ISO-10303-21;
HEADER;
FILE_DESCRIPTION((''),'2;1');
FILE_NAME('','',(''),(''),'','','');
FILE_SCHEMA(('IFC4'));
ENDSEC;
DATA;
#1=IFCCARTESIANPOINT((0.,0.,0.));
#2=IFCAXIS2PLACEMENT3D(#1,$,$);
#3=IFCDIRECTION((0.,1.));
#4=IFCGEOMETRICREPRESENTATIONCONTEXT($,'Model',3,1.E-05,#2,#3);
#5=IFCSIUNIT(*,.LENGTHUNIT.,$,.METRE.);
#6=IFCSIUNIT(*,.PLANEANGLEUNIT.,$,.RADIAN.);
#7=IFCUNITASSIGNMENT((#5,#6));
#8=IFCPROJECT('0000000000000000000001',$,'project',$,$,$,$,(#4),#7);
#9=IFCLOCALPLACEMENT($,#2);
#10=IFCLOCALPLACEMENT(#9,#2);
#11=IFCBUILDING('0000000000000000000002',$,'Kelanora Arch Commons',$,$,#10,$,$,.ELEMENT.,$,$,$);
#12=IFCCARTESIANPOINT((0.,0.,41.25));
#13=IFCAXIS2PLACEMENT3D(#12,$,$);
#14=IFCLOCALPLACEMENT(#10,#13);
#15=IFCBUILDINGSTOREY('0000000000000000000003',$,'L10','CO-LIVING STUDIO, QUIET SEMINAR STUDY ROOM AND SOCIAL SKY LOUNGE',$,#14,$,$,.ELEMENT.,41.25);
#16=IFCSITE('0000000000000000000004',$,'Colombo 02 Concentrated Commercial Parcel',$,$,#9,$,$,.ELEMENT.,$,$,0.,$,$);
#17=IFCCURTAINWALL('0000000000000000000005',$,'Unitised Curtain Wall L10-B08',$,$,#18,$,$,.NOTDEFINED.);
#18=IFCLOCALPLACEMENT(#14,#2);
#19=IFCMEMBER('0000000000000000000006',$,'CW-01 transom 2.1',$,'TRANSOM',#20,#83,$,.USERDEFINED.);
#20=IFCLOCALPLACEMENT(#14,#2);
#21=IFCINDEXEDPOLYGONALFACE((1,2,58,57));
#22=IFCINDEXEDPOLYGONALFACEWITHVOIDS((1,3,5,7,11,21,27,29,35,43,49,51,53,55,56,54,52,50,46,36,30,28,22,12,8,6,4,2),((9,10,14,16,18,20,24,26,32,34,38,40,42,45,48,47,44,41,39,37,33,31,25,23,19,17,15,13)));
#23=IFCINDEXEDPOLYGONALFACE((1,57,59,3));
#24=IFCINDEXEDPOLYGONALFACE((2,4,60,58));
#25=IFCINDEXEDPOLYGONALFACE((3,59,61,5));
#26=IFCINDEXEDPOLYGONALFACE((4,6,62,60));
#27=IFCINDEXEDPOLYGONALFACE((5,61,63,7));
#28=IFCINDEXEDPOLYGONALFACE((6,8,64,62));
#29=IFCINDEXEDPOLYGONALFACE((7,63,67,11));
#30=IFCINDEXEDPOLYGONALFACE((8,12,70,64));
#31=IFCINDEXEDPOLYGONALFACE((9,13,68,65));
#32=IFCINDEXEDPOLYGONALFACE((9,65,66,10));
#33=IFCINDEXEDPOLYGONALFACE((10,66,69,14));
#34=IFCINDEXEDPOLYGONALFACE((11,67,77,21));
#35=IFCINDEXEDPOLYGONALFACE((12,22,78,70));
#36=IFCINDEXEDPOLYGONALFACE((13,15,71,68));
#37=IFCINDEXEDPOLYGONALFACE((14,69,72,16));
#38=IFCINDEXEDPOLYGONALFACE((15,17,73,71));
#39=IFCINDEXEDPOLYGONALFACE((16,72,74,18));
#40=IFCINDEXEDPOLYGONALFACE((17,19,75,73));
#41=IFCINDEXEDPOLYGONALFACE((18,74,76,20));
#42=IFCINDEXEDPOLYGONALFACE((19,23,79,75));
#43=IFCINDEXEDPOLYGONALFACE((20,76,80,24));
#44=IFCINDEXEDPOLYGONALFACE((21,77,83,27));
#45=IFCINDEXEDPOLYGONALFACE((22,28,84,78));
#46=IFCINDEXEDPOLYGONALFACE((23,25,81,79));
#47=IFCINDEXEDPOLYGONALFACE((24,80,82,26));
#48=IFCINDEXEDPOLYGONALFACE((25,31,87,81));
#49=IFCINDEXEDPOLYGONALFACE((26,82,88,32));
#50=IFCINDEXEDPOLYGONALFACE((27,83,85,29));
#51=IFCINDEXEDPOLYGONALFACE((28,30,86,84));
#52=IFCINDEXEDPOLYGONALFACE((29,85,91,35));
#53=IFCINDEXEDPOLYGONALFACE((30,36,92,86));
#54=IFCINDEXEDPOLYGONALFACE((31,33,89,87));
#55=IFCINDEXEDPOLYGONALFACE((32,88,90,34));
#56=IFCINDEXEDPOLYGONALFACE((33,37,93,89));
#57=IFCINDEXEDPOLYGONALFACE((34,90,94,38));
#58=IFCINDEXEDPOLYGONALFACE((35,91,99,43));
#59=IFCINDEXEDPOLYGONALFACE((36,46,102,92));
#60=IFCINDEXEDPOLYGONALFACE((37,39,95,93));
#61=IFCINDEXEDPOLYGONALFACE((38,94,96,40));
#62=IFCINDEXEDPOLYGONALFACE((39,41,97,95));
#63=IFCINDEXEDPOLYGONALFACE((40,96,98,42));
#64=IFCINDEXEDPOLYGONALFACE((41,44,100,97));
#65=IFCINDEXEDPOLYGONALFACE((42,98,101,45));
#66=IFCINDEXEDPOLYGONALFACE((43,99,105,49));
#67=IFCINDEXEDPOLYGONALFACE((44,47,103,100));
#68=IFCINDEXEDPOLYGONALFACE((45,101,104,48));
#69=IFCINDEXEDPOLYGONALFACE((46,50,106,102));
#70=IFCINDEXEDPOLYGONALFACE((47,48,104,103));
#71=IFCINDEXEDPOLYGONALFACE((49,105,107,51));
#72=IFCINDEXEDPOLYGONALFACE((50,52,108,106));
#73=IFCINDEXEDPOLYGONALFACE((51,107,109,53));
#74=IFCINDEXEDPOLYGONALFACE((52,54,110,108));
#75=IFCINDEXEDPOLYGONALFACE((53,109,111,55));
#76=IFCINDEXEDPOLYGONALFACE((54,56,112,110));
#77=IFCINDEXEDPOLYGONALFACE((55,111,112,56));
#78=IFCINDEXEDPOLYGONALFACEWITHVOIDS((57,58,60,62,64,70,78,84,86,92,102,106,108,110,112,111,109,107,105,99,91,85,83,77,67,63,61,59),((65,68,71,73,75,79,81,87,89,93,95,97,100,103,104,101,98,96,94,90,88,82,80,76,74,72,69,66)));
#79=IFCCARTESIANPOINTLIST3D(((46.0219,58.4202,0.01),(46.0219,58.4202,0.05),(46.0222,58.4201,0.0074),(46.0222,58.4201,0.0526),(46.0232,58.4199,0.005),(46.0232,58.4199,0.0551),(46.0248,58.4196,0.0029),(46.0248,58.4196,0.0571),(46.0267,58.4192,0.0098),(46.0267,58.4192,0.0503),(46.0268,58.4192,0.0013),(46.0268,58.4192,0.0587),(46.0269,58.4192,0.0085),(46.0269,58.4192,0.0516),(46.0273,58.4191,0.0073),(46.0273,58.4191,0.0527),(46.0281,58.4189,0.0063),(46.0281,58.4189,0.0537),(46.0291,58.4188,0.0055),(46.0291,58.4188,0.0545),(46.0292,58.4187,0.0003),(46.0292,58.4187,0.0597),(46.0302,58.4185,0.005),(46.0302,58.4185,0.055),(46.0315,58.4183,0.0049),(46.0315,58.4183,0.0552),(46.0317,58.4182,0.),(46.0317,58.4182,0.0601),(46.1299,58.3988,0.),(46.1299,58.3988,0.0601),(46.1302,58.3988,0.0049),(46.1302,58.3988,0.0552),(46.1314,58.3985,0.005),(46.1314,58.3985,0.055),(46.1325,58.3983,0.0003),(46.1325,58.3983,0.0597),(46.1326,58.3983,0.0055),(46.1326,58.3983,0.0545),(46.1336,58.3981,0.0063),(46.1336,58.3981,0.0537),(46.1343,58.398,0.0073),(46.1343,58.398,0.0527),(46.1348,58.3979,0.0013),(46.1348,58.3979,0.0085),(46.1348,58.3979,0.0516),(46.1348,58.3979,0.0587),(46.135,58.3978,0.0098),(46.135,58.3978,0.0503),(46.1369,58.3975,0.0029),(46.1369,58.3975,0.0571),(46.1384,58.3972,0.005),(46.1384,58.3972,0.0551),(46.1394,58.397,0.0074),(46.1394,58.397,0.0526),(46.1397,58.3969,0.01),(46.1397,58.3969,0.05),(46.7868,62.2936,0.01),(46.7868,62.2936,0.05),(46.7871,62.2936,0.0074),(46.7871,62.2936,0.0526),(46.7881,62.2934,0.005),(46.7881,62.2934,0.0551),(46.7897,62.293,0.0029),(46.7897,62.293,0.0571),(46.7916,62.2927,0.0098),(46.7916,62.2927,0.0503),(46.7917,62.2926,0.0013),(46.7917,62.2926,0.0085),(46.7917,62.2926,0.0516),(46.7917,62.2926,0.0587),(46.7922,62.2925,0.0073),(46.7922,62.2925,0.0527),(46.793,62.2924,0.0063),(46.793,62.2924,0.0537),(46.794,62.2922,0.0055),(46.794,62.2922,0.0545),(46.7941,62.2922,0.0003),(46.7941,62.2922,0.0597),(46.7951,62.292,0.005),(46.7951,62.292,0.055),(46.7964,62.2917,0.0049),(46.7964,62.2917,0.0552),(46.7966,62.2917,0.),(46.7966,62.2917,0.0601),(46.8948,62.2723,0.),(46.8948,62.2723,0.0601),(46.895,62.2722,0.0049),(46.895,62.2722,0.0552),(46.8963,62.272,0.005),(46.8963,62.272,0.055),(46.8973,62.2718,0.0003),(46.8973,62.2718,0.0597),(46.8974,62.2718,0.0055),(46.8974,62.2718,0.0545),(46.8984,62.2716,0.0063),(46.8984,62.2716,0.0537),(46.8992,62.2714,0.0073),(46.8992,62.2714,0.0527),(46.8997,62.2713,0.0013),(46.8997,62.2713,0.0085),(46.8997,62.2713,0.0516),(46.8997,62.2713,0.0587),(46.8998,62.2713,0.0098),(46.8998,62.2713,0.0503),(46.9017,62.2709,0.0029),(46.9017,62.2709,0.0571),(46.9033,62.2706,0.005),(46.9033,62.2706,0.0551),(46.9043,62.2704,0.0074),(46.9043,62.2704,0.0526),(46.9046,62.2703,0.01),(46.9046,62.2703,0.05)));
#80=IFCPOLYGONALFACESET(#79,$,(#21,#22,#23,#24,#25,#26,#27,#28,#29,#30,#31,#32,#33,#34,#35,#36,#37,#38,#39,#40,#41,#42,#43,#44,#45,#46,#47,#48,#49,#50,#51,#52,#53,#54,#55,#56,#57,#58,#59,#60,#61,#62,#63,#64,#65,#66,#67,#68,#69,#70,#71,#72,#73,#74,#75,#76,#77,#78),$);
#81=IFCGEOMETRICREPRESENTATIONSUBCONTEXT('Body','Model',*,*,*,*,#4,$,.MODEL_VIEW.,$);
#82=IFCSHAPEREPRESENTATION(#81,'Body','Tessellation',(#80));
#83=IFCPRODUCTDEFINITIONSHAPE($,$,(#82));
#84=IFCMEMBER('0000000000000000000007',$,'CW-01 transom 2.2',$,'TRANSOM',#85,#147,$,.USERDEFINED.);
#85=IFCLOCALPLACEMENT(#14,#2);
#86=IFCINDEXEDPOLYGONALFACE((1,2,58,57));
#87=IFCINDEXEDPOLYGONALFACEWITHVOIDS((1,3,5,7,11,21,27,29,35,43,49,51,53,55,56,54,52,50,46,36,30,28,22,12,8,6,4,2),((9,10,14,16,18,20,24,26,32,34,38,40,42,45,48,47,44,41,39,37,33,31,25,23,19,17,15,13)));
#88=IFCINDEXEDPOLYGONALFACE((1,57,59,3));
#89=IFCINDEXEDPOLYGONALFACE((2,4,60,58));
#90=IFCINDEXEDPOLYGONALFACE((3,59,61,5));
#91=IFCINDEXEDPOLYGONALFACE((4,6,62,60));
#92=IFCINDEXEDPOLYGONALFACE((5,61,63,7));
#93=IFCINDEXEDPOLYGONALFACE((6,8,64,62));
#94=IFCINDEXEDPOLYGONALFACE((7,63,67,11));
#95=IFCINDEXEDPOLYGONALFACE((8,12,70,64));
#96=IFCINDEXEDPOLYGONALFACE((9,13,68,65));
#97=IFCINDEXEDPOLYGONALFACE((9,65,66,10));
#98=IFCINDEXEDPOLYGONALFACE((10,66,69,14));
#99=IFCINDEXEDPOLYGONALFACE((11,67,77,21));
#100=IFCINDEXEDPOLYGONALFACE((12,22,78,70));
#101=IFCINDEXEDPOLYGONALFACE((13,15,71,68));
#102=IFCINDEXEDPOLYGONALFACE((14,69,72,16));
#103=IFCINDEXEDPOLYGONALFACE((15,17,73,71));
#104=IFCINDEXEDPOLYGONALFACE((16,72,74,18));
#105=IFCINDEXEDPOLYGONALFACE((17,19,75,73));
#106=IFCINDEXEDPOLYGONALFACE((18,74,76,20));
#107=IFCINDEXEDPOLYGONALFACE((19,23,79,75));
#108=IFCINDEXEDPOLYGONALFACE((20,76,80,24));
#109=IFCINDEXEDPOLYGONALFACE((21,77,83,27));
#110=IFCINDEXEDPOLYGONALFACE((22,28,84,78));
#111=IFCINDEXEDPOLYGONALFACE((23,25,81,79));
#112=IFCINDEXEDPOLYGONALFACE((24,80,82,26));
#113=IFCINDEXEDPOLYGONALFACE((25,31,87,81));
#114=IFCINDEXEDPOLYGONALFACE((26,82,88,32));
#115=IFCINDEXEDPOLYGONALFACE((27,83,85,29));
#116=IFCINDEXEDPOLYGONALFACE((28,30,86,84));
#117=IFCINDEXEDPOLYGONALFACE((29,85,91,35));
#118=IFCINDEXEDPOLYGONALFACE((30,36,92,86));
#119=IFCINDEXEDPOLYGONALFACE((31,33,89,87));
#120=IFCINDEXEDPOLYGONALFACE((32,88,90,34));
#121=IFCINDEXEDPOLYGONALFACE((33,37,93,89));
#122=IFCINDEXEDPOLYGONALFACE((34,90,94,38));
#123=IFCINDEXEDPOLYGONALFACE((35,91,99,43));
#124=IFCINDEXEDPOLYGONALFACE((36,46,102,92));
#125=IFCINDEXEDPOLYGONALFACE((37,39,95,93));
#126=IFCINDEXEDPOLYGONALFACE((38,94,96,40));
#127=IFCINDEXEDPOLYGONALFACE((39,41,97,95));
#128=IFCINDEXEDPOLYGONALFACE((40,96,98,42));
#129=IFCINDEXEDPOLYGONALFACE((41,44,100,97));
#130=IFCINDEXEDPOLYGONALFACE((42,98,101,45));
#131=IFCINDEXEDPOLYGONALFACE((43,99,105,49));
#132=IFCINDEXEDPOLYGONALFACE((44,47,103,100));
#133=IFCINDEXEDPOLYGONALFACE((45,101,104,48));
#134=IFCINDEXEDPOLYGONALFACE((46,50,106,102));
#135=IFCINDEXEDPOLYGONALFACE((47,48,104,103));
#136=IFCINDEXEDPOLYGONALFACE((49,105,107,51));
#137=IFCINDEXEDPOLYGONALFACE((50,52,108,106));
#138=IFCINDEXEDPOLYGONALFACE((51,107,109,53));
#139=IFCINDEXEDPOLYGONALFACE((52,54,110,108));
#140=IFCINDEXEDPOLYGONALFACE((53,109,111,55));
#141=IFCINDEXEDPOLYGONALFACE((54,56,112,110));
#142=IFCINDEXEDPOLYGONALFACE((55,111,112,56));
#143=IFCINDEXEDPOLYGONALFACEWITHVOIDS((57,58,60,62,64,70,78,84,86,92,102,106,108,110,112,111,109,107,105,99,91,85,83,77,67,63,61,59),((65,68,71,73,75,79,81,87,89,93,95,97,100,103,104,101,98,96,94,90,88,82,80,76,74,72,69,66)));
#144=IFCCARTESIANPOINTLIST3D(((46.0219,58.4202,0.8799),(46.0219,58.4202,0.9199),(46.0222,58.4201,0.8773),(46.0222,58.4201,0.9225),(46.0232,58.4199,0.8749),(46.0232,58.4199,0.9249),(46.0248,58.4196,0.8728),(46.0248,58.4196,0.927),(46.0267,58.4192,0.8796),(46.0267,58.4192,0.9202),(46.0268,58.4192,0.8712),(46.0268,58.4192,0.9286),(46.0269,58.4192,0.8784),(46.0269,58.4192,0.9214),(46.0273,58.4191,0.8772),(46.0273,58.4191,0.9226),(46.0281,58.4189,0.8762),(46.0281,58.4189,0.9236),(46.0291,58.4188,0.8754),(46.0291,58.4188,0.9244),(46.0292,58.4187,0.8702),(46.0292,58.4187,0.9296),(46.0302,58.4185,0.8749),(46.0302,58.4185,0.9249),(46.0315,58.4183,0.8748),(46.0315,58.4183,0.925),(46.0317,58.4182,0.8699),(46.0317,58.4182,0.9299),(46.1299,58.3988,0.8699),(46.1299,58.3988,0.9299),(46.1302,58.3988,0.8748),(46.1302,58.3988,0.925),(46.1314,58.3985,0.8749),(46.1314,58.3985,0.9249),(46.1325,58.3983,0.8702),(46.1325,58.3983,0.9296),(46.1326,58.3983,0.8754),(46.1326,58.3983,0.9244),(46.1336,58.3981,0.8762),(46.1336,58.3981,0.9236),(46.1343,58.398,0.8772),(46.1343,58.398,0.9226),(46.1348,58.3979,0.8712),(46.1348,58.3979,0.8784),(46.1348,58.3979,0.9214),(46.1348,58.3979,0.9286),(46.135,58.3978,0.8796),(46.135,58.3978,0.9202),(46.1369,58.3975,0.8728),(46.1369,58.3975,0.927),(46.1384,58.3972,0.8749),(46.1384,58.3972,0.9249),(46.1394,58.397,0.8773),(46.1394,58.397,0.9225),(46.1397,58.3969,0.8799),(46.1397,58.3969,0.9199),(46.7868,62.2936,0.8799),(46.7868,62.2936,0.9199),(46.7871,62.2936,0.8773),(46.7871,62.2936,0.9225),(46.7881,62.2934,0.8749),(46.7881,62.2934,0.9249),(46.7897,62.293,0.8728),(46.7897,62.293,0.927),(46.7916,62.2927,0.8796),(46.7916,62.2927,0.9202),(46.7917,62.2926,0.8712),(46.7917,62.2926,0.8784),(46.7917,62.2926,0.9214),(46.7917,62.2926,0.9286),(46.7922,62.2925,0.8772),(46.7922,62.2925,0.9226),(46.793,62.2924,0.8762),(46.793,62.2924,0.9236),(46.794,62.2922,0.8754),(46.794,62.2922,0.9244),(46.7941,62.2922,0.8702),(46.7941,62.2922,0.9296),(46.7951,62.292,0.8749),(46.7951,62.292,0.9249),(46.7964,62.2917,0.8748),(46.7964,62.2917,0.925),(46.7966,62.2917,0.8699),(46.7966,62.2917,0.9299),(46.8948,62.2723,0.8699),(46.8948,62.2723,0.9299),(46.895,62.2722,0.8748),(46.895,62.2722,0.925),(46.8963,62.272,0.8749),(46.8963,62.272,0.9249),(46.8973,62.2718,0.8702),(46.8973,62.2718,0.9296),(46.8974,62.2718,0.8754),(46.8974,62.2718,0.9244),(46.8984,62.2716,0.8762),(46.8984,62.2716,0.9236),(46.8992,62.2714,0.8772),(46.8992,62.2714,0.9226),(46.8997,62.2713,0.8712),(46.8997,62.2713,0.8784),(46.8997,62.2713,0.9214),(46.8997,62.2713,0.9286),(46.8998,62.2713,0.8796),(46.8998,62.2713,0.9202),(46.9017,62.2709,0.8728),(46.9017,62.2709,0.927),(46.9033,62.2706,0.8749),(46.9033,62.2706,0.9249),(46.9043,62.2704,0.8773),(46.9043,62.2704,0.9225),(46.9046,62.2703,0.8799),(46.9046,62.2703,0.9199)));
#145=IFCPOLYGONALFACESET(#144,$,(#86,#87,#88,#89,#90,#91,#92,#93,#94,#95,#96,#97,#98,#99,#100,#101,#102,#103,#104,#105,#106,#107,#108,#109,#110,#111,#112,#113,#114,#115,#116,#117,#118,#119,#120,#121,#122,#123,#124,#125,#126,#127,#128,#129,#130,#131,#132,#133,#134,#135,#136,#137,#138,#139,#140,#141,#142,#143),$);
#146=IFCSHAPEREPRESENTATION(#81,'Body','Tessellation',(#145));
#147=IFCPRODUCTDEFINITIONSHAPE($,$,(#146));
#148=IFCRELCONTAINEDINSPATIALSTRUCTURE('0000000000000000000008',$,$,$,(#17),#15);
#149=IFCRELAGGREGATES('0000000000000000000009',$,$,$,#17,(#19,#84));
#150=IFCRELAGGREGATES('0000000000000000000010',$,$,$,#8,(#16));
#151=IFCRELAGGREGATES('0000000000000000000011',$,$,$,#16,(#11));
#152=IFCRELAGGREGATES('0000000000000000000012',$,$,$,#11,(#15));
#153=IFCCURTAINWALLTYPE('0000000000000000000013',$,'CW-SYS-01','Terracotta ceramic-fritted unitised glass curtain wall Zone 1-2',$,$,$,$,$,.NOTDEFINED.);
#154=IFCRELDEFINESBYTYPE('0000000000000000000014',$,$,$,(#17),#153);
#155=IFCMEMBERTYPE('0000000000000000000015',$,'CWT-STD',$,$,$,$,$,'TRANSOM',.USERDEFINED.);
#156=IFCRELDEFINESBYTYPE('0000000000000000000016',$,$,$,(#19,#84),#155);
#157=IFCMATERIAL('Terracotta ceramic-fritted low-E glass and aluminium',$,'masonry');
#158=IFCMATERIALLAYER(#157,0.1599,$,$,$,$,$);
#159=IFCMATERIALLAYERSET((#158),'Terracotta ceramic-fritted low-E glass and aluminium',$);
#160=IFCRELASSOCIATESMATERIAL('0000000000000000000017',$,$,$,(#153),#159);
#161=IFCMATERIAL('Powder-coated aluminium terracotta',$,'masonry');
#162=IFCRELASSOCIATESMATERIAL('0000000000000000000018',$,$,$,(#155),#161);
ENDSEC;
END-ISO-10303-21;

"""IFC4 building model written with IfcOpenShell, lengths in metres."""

from ifc_helpers import new_model, si_unit, direction, frame, origin, origin_2d, place, context, subcontext, project, spatial, hollow_rectangle, extrude, material, layer, layer_set, material_profile, profile_set, type_object, element, aggregate, save


model = new_model("IFC4")

# Units and contexts
model_context = context("Model", 3, precision=1e-05, world=origin(), true_north=direction((0.0, 1.0)))
body_context = subcontext(model_context, "Body", "Model", "MODEL_VIEW")
ifc_project = project(units=[si_unit("LENGTHUNIT", "METRE"), si_unit("PLANEANGLEUNIT", "RADIAN")], contexts=[model_context])

# Site, building, storey
site_placement = place(None, origin())
site = spatial("IfcSite", under=ifc_project, at=site_placement, Name="Colombo 02 Concentrated Commercial Parcel", CompositionType="ELEMENT", RefElevation=0.0)
building_placement = place(site_placement, origin())
building = spatial("IfcBuilding", under=site, at=building_placement, Name="Kelanora Arch Commons", CompositionType="ELEMENT")
storey_placement = place(building_placement, frame((0.0, 0.0, 41.25)))
storey = spatial("IfcBuildingStorey", under=building, at=storey_placement, Name="L10", Description="CO-LIVING STUDIO, QUIET SEMINAR STUDY ROOM AND SOCIAL SKY LOUNGE", CompositionType="ELEMENT", Elevation=41.25)

# Curtain wall, members
ifc_material_1 = material(Name="Terracotta ceramic-fritted low-E glass and aluminium", Category="masonry")
ifc_layer_1 = layer(ifc_material_1, 0.1599)
ifc_layer_set_1 = layer_set([ifc_layer_1], Name="Terracotta ceramic-fritted low-E glass and aluminium")
curtain_wall_type = type_object("IfcCurtainWallType", Name="CW-SYS-01", Description="Terracotta ceramic-fritted unitised glass curtain wall Zone 1-2", PredefinedType="NOTDEFINED", material=ifc_layer_set_1)
curtain_wall_placement = place(storey_placement, origin())
curtain_wall = element("IfcCurtainWall", 1, at=curtain_wall_placement, inside=storey, type_object=curtain_wall_type, Name="Unitised Curtain Wall L10-B08", PredefinedType="NOTDEFINED")
ifc_material_2 = material(Name="Powder-coated aluminium terracotta", Category="masonry")
ifc_material_profile_1 = material_profile(ifc_material_2, hollow_rectangle(XDim=0.1201, YDim=0.0601, WallThickness=0.0049, InnerFilletRadius=0.0049, OuterFilletRadius=0.01, at=origin_2d()), Name="CWT120x60")
ifc_profile_set_1 = profile_set([ifc_material_profile_1], Name="Powder-coated aluminium terracotta")
member_type_1 = type_object("IfcMemberType", Name="CWT-STD", ElementType="TRANSOM", PredefinedType="USERDEFINED", material=ifc_profile_set_1)
member_1_placement = place(storey_placement, frame((46.8457, 62.282, 0.03), z_axis=(-0.193725, -0.981056, 0.0), x_axis=(0.981056, -0.193725, 0.0)))
member_1 = element("IfcMember", 2, at=member_1_placement, type_object=member_type_1, Name="CW-01 transom 2.1", ObjectType="TRANSOM", PredefinedType="USERDEFINED", context=body_context, shape_type="SweptSolid", body=[
    extrude(hollow_rectangle(XDim=0.1201, YDim=0.0601, WallThickness=0.0049, InnerFilletRadius=0.0049, OuterFilletRadius=0.01, at=origin_2d()), origin(), (0.0, 0.0, 1.0), 3.9482),
])
member_2_placement = place(storey_placement, frame((46.8457, 62.282, 0.8999), z_axis=(-0.193725, -0.981056, 0.0), x_axis=(0.981056, -0.193725, 0.0)))
member_2 = element("IfcMember", 3, at=member_2_placement, type_object=member_type_1, Name="CW-01 transom 2.2", ObjectType="TRANSOM", PredefinedType="USERDEFINED", context=body_context, shape_type="SweptSolid", body=[
    extrude(hollow_rectangle(XDim=0.1201, YDim=0.0601, WallThickness=0.0049, InnerFilletRadius=0.0049, OuterFilletRadius=0.01, at=origin_2d()), origin(), (0.0, 0.0, 1.0), 3.9482),
])
aggregate(curtain_wall, [member_1, member_2])

save(model, "model.ifc")
